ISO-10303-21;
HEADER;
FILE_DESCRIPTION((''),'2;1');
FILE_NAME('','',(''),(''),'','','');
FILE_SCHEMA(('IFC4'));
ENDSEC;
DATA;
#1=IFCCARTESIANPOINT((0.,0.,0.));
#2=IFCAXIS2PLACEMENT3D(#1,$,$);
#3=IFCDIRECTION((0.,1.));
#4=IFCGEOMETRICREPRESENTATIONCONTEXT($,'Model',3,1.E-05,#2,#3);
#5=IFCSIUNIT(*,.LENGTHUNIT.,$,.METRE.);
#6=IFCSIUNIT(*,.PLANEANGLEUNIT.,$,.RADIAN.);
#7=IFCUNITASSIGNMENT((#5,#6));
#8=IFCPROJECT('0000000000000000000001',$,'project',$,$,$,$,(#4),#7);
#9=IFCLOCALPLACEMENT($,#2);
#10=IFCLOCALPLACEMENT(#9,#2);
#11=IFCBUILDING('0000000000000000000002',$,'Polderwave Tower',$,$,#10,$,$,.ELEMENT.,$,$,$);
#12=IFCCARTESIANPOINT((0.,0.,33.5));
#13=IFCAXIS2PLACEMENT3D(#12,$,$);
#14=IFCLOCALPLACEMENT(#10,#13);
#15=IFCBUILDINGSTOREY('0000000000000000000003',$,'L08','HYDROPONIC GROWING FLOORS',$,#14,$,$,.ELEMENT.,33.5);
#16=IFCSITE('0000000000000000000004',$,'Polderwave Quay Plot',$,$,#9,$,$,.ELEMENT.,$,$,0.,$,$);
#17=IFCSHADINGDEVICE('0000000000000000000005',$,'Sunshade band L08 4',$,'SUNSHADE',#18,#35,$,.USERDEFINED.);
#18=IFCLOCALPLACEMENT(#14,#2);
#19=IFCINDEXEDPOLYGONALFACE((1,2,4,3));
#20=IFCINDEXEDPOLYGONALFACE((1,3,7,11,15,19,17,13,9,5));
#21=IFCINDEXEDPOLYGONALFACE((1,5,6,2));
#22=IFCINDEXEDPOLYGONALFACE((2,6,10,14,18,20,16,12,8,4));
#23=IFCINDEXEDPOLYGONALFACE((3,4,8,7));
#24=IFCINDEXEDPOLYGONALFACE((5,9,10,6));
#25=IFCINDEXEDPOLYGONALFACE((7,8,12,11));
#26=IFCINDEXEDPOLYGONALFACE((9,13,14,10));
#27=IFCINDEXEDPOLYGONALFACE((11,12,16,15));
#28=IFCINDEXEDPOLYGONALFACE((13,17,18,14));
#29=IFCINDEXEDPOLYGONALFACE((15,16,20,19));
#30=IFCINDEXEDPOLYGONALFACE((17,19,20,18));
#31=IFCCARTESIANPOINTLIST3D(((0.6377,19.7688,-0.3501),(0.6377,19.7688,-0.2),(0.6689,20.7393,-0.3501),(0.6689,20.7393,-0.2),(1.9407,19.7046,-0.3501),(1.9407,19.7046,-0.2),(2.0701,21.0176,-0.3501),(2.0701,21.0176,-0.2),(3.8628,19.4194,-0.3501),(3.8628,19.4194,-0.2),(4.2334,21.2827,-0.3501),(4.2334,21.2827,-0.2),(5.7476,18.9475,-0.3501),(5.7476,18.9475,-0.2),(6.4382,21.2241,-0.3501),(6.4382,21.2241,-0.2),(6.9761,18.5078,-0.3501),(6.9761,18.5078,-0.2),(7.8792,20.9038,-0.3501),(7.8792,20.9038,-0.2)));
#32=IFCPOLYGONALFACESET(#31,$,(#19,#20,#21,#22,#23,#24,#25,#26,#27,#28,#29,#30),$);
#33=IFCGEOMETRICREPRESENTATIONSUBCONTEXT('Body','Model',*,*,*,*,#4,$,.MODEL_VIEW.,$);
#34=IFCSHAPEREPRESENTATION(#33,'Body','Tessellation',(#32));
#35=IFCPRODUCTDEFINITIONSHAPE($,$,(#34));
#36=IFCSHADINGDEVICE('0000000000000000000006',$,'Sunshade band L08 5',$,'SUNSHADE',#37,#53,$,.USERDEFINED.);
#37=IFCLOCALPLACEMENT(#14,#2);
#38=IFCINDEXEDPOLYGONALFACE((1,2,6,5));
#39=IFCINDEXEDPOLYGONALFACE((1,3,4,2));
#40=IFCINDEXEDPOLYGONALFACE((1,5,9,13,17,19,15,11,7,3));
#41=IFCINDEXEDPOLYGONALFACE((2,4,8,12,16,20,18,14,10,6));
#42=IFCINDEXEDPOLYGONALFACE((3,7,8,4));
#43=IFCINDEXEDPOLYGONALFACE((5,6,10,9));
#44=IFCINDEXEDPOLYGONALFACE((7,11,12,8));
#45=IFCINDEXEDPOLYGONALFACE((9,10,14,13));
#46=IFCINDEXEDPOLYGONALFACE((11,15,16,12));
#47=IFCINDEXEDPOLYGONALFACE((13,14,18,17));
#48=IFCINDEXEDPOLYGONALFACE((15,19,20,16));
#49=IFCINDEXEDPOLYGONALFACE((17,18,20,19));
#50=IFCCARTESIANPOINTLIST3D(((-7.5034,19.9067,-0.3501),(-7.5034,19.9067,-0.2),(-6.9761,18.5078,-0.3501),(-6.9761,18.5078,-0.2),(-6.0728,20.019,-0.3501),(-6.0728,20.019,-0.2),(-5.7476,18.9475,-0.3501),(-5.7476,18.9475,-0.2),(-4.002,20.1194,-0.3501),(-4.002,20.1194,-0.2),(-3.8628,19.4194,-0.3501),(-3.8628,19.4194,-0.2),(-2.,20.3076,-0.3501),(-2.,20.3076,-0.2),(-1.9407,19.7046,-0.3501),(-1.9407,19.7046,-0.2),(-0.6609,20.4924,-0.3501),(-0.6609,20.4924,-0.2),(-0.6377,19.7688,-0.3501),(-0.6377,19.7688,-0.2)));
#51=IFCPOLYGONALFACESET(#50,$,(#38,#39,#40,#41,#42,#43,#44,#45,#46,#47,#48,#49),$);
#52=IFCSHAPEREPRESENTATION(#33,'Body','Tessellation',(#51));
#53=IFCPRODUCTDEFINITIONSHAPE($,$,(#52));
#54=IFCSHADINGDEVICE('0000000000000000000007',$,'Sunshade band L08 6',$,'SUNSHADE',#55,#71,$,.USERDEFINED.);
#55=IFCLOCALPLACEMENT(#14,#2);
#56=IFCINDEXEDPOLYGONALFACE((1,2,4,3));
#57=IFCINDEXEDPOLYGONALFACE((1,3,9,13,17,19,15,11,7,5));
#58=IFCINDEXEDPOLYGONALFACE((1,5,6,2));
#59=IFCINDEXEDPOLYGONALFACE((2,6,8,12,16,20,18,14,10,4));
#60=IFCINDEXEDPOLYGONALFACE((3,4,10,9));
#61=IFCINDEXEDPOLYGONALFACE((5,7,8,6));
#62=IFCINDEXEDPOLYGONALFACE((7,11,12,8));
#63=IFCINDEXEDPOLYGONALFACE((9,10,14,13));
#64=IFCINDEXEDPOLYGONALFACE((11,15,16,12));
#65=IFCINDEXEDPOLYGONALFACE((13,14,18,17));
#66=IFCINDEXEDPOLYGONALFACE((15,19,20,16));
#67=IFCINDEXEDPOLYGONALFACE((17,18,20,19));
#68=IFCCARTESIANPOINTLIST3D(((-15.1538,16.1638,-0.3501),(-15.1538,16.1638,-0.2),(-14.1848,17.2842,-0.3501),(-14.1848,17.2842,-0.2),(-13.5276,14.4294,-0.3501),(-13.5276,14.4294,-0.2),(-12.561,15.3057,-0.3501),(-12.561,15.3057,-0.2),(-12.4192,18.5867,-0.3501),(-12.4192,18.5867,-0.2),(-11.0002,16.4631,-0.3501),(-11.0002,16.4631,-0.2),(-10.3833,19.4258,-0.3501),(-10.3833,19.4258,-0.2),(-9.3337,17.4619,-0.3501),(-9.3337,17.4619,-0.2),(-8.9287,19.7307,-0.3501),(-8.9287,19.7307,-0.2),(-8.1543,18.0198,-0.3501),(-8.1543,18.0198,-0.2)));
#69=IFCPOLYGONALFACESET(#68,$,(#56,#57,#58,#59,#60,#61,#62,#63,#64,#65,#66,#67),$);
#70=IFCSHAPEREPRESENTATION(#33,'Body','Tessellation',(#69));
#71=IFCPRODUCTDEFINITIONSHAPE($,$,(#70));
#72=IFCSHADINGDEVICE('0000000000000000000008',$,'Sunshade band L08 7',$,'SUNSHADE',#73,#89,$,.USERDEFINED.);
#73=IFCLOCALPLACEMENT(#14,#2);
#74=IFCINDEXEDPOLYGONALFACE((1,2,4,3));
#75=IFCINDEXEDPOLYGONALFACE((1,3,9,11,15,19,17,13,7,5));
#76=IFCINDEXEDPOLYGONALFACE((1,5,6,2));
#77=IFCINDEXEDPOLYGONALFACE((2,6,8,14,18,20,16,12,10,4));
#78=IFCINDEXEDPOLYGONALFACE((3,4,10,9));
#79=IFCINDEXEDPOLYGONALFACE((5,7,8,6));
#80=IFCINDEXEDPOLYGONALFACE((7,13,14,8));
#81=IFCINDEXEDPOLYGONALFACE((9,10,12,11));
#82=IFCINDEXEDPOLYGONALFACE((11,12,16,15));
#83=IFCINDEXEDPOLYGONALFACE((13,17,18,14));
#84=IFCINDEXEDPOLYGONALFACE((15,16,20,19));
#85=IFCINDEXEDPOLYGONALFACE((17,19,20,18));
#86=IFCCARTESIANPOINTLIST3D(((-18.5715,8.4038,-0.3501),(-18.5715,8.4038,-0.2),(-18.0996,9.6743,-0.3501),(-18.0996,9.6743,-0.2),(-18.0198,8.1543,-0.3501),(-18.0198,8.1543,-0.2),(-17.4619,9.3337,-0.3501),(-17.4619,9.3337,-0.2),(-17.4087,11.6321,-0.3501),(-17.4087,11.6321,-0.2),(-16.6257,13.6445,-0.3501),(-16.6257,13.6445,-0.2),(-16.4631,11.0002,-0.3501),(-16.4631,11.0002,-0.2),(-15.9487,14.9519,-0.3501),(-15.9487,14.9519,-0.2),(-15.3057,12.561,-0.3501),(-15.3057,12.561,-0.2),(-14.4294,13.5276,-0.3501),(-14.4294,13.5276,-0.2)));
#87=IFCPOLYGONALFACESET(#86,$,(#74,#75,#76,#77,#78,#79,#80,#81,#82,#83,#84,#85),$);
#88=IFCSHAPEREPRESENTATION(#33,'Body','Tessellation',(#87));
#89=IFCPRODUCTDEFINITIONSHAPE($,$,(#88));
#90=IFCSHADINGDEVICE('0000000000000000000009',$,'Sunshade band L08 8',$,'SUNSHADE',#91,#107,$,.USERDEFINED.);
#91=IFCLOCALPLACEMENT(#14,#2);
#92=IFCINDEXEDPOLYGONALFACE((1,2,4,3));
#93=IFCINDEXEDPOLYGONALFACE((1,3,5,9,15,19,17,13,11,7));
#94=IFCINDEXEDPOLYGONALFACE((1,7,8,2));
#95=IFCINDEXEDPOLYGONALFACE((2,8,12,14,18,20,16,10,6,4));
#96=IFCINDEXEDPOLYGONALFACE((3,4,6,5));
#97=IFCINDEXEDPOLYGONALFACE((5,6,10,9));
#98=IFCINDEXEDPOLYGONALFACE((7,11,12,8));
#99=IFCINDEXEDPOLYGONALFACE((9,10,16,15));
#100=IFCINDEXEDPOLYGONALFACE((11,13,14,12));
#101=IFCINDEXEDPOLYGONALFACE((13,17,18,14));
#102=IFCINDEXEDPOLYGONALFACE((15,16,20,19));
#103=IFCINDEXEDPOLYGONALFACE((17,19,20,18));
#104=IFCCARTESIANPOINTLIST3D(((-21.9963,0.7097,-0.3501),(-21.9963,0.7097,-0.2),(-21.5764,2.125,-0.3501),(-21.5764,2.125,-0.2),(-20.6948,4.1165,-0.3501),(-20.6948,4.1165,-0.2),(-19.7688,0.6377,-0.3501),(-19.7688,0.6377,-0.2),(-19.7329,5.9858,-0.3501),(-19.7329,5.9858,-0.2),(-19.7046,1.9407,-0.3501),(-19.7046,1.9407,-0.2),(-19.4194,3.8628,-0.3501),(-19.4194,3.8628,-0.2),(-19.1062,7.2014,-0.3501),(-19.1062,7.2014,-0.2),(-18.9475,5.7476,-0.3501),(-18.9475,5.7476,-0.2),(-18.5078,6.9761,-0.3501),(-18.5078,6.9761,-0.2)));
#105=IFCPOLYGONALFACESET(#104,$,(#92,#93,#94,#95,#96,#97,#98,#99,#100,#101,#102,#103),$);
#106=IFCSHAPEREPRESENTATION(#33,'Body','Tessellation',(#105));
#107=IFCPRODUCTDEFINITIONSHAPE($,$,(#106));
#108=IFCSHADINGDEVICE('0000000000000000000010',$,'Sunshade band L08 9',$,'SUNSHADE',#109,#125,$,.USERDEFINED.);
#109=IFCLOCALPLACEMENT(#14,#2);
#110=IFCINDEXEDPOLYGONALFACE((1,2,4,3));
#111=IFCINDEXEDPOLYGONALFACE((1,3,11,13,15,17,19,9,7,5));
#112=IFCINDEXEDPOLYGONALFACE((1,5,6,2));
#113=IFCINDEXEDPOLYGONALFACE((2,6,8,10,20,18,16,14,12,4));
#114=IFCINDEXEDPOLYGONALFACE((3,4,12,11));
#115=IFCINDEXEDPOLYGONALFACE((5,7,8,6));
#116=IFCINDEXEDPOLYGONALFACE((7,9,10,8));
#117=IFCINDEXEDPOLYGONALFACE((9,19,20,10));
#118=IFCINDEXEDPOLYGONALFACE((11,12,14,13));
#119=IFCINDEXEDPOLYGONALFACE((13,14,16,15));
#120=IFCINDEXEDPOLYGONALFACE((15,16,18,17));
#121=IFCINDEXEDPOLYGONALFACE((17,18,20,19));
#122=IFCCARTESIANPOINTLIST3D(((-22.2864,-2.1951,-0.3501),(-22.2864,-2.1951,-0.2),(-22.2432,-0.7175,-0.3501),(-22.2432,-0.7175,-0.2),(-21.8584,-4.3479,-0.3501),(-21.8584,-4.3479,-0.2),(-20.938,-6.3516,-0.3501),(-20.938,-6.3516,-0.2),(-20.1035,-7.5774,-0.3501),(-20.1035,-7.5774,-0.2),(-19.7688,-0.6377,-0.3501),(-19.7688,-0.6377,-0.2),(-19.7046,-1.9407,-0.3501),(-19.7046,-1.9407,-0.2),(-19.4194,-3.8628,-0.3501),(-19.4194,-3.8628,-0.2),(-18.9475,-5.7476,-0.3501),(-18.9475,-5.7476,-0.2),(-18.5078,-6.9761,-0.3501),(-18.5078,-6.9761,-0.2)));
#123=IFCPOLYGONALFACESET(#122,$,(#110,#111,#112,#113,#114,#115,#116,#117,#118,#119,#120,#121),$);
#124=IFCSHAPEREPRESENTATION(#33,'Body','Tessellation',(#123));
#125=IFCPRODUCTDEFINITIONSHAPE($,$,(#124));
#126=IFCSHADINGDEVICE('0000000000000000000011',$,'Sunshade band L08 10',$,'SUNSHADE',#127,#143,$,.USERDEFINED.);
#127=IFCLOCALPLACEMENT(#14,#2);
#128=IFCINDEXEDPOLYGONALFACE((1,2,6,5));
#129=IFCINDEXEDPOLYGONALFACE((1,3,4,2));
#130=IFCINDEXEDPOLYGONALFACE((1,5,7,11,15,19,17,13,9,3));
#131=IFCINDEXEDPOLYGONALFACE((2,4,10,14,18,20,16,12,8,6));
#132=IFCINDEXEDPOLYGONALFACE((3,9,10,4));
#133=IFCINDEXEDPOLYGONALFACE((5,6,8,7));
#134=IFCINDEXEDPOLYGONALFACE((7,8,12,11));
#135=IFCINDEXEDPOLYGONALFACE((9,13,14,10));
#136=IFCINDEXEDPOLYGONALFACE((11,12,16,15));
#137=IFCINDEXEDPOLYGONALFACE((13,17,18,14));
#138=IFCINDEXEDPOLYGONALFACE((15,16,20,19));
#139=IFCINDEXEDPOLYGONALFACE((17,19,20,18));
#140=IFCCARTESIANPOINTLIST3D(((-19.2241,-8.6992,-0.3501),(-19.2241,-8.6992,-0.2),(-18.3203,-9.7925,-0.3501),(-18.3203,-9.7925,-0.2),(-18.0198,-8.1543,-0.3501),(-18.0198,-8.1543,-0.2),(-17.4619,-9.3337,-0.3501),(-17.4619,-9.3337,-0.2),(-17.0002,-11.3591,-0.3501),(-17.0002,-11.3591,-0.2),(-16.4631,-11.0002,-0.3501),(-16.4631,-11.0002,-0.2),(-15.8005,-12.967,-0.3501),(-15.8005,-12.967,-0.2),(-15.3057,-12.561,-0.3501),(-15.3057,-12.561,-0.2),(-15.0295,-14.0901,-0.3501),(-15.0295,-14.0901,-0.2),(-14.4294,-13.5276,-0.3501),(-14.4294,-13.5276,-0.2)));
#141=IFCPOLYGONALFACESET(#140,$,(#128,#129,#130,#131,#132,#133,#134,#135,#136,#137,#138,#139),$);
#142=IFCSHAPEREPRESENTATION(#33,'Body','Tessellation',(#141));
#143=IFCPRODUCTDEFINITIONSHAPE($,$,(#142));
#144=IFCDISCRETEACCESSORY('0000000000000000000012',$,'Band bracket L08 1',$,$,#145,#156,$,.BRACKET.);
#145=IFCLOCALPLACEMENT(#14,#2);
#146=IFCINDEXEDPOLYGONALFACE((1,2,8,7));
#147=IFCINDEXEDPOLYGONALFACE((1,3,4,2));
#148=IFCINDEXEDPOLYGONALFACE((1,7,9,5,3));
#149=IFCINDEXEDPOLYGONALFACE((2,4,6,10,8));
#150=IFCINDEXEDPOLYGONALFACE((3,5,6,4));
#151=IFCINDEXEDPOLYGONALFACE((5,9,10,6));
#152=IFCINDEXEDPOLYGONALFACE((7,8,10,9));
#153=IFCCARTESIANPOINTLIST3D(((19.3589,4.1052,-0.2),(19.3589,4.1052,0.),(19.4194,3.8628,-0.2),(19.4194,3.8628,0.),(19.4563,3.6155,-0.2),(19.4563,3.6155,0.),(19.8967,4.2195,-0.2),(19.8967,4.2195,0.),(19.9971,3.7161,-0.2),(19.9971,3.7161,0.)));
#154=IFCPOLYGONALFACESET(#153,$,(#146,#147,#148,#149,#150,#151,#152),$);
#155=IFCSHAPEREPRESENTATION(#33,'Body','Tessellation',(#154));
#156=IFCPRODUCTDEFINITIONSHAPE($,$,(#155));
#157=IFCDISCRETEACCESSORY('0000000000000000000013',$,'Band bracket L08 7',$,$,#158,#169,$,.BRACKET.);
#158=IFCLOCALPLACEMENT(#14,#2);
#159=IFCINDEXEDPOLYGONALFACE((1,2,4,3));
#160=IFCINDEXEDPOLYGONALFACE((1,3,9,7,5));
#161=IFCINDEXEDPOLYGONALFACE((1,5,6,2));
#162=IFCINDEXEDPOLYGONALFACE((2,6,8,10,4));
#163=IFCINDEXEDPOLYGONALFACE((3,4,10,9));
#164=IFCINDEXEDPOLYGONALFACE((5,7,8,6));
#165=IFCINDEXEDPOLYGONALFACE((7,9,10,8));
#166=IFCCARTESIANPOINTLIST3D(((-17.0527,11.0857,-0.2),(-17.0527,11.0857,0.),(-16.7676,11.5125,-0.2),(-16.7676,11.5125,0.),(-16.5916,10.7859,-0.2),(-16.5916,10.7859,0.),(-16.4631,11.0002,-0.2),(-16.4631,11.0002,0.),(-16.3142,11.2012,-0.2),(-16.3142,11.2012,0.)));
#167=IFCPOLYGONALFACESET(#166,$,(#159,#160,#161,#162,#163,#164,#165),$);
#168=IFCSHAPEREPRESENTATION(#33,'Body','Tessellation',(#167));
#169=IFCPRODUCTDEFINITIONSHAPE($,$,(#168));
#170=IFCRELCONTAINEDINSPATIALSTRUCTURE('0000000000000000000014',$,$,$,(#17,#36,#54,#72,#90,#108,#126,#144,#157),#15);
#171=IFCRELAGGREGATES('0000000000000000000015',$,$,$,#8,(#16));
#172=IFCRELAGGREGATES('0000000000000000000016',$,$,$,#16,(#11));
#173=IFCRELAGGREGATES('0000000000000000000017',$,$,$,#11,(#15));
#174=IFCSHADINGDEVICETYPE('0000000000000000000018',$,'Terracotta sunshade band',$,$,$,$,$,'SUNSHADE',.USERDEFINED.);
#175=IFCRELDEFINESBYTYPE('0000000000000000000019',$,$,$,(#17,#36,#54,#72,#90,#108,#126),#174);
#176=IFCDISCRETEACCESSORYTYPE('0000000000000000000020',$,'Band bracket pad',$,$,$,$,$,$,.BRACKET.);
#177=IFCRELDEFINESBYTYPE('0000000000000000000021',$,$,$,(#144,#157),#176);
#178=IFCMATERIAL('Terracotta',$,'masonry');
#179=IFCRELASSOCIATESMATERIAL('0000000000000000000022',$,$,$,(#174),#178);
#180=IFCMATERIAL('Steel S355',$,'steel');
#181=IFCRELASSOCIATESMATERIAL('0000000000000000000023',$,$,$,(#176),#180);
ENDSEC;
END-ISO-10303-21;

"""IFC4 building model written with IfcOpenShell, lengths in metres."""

from ifc_helpers import new_model, si_unit, direction, frame, origin, place, context, subcontext, project, spatial, polyline, outline, extrude, material, type_object, element, save


model = new_model("IFC4")

# Units and contexts
model_context = context("Model", 3, precision=1e-05, world=origin(), true_north=direction((0.0, 1.0)))
body_context = subcontext(model_context, "Body", "Model", "MODEL_VIEW")
ifc_project = project(units=[si_unit("LENGTHUNIT", "METRE"), si_unit("PLANEANGLEUNIT", "RADIAN")], contexts=[model_context])

# Site, building, storey
site_placement = place(None, origin())
site = spatial("IfcSite", under=ifc_project, at=site_placement, Name="Polderwave Quay Plot", CompositionType="ELEMENT", RefElevation=0.0)
building_placement = place(site_placement, origin())
building = spatial("IfcBuilding", under=site, at=building_placement, Name="Polderwave Tower", CompositionType="ELEMENT")
storey_placement = place(building_placement, frame((0.0, 0.0, 33.5)))
storey = spatial("IfcBuildingStorey", under=building, at=storey_placement, Name="L08", Description="HYDROPONIC GROWING FLOORS", CompositionType="ELEMENT", Elevation=33.5)

# Shading devices
ifc_material_1 = material(Name="Terracotta", Category="masonry")
shading_device_type = type_object("IfcShadingDeviceType", Name="Terracotta sunshade band", ElementType="SUNSHADE", PredefinedType="USERDEFINED", material=ifc_material_1)
shading_device_1_placement = place(storey_placement, frame((0.0, 0.0, -0.3501)))
element("IfcShadingDevice", 1, at=shading_device_1_placement, inside=storey, type_object=shading_device_type, Name="Sunshade band L08 4", ObjectType="SUNSHADE", PredefinedType="USERDEFINED", context=body_context, shape_type="SweptSolid", body=[
    extrude(outline(polyline([(6.9761, 18.5078), (5.7476, 18.9475), (3.8628, 19.4194), (1.9407, 19.7046), (0.6377, 19.7688), (0.6689, 20.7393), (2.0701, 21.0176), (4.2334, 21.2827), (6.4382, 21.2241), (7.8792, 20.9038), (6.9761, 18.5078)])), origin(), (0.0, 0.0, 1.0), 0.1501),
])
shading_device_2_placement = place(storey_placement, frame((0.0, 0.0, -0.3501)))
element("IfcShadingDevice", 2, at=shading_device_2_placement, inside=storey, type_object=shading_device_type, Name="Sunshade band L08 5", ObjectType="SUNSHADE", PredefinedType="USERDEFINED", context=body_context, shape_type="SweptSolid", body=[
    extrude(outline(polyline([(-0.6377, 19.7688), (-1.9407, 19.7046), (-3.8628, 19.4194), (-5.7476, 18.9475), (-6.9761, 18.5078), (-7.5034, 19.9067), (-6.0728, 20.019), (-4.002, 20.1194), (-2.0, 20.3076), (-0.6609, 20.4924), (-0.6377, 19.7688)])), origin(), (0.0, 0.0, 1.0), 0.1501),
])
shading_device_3_placement = place(storey_placement, frame((0.0, 0.0, -0.3501)))
element("IfcShadingDevice", 3, at=shading_device_3_placement, inside=storey, type_object=shading_device_type, Name="Sunshade band L08 6", ObjectType="SUNSHADE", PredefinedType="USERDEFINED", context=body_context, shape_type="SweptSolid", body=[
    extrude(outline(polyline([(-8.1543, 18.0198), (-9.3337, 17.4619), (-11.0002, 16.4631), (-12.561, 15.3057), (-13.5276, 14.4294), (-15.1538, 16.1638), (-14.1848, 17.2842), (-12.4192, 18.5867), (-10.3833, 19.4258), (-8.9287, 19.7307), (-8.1543, 18.0198)])), origin(), (0.0, 0.0, 1.0), 0.1501),
])
shading_device_4_placement = place(storey_placement, frame((0.0, 0.0, -0.3501)))
element("IfcShadingDevice", 4, at=shading_device_4_placement, inside=storey, type_object=shading_device_type, Name="Sunshade band L08 7", ObjectType="SUNSHADE", PredefinedType="USERDEFINED", context=body_context, shape_type="SweptSolid", body=[
    extrude(outline(polyline([(-14.4294, 13.5276), (-15.3057, 12.561), (-16.4631, 11.0002), (-17.4619, 9.3337), (-18.0198, 8.1543), (-18.5715, 8.4038), (-18.0996, 9.6743), (-17.4087, 11.6321), (-16.6257, 13.6445), (-15.9487, 14.9519), (-14.4294, 13.5276)])), origin(), (0.0, 0.0, 1.0), 0.1501),
])
shading_device_5_placement = place(storey_placement, frame((0.0, 0.0, -0.3501)))
element("IfcShadingDevice", 5, at=shading_device_5_placement, inside=storey, type_object=shading_device_type, Name="Sunshade band L08 8", ObjectType="SUNSHADE", PredefinedType="USERDEFINED", context=body_context, shape_type="SweptSolid", body=[
    extrude(outline(polyline([(-18.5078, 6.9761), (-18.9475, 5.7476), (-19.4194, 3.8628), (-19.7046, 1.9407), (-19.7688, 0.6377), (-21.9963, 0.7097), (-21.5764, 2.125), (-20.6948, 4.1165), (-19.7329, 5.9858), (-19.1062, 7.2014), (-18.5078, 6.9761)])), origin(), (0.0, 0.0, 1.0), 0.1501),
])
shading_device_6_placement = place(storey_placement, frame((0.0, 0.0, -0.3501)))
element("IfcShadingDevice", 6, at=shading_device_6_placement, inside=storey, type_object=shading_device_type, Name="Sunshade band L08 9", ObjectType="SUNSHADE", PredefinedType="USERDEFINED", context=body_context, shape_type="SweptSolid", body=[
    extrude(outline(polyline([(-19.7688, -0.6377), (-19.7046, -1.9407), (-19.4194, -3.8628), (-18.9475, -5.7476), (-18.5078, -6.9761), (-20.1035, -7.5774), (-20.938, -6.3516), (-21.8584, -4.3479), (-22.2864, -2.1951), (-22.2432, -0.7175), (-19.7688, -0.6377)])), origin(), (0.0, 0.0, 1.0), 0.1501),
])
shading_device_7_placement = place(storey_placement, frame((0.0, 0.0, -0.3501)))
element("IfcShadingDevice", 7, at=shading_device_7_placement, inside=storey, type_object=shading_device_type, Name="Sunshade band L08 10", ObjectType="SUNSHADE", PredefinedType="USERDEFINED", context=body_context, shape_type="SweptSolid", body=[
    extrude(outline(polyline([(-18.0198, -8.1543), (-17.4619, -9.3337), (-16.4631, -11.0002), (-15.3057, -12.561), (-14.4294, -13.5276), (-15.0295, -14.0901), (-15.8005, -12.967), (-17.0002, -11.3591), (-18.3203, -9.7925), (-19.2241, -8.6992), (-18.0198, -8.1543)])), origin(), (0.0, 0.0, 1.0), 0.1501),
])

# Discrete accessories
ifc_material_2 = material(Name="Steel S355", Category="steel")
discrete_accessory_type = type_object("IfcDiscreteAccessoryType", Name="Band bracket pad", PredefinedType="BRACKET", material=ifc_material_2)
discrete_accessory_1_placement = place(storey_placement, frame((0.0, 0.0, -0.2)))
element("IfcDiscreteAccessory", 8, at=discrete_accessory_1_placement, inside=storey, type_object=discrete_accessory_type, Name="Band bracket L08 1", PredefinedType="BRACKET", context=body_context, shape_type="SweptSolid", body=[
    extrude(outline(polyline([(19.4563, 3.6155), (19.4194, 3.8628), (19.3589, 4.1052), (19.8967, 4.2195), (19.9971, 3.7161), (19.4563, 3.6155)])), origin(), (0.0, 0.0, 1.0), 0.2),
])
discrete_accessory_2_placement = place(storey_placement, frame((0.0, 0.0, -0.2)))
element("IfcDiscreteAccessory", 9, at=discrete_accessory_2_placement, inside=storey, type_object=discrete_accessory_type, Name="Band bracket L08 7", PredefinedType="BRACKET", context=body_context, shape_type="SweptSolid", body=[
    extrude(outline(polyline([(-16.3142, 11.2012), (-16.4631, 11.0002), (-16.5916, 10.7859), (-17.0527, 11.0857), (-16.7676, 11.5125), (-16.3142, 11.2012)])), origin(), (0.0, 0.0, 1.0), 0.2),
])

save(model, "model.ifc")
